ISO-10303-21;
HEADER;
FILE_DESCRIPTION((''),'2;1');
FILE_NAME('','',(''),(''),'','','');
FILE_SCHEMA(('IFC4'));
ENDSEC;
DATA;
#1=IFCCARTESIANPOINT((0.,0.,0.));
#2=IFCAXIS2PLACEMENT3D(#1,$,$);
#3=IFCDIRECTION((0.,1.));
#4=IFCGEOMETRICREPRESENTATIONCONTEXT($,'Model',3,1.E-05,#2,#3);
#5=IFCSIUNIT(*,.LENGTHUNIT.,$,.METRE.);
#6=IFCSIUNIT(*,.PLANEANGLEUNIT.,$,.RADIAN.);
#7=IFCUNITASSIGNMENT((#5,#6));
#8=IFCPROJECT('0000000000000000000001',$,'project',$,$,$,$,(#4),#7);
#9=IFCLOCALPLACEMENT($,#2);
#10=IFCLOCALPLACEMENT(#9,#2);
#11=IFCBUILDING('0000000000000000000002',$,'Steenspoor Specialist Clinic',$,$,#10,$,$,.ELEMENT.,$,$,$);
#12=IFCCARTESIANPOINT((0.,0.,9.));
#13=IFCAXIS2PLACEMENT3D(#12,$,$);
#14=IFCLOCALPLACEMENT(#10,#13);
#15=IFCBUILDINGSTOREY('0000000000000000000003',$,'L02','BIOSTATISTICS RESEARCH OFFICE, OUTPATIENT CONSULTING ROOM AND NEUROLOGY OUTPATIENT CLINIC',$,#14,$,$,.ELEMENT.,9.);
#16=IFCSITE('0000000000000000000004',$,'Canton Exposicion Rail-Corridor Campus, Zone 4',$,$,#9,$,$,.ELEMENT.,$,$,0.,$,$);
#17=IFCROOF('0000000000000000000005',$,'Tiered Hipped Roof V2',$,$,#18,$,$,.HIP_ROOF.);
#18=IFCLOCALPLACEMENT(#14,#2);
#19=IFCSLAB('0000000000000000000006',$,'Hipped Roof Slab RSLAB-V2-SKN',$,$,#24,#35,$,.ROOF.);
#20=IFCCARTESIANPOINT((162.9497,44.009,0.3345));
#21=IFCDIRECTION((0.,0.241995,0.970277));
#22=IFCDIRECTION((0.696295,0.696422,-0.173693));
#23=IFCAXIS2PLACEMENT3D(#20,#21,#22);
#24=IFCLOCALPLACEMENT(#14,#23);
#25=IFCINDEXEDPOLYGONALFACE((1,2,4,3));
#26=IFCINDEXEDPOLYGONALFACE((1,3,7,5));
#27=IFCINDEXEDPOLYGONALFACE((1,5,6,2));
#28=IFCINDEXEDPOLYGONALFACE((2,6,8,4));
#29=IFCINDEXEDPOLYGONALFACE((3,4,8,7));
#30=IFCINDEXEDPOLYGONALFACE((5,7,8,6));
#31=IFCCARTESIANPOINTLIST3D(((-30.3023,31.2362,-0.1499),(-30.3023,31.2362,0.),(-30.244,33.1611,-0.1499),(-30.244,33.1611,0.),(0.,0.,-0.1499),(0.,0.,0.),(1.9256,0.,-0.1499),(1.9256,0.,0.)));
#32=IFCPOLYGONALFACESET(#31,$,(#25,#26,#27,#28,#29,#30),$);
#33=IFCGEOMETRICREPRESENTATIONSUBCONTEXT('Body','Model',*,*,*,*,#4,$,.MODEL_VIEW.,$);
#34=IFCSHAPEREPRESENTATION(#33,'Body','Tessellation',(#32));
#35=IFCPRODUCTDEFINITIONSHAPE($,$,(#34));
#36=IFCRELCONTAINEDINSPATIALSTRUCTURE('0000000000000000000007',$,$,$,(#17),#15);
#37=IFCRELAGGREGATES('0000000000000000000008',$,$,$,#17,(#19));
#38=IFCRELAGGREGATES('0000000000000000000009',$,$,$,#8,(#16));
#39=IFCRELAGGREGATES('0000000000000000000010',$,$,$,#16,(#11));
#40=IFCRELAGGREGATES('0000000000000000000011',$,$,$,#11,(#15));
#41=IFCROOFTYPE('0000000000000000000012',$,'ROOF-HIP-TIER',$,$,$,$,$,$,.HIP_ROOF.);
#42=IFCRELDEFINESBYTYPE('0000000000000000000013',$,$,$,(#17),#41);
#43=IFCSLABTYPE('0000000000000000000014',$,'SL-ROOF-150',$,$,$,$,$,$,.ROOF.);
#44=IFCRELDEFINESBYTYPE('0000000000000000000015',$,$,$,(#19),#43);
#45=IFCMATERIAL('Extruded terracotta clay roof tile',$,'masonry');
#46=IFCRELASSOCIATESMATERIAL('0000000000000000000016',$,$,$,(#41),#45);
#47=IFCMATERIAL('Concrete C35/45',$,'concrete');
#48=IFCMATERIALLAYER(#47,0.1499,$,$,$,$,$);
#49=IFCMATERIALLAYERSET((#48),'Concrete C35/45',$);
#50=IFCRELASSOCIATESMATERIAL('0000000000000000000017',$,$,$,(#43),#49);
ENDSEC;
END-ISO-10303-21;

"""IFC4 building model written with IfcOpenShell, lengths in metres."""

from ifc_helpers import new_model, si_unit, direction, frame, origin, place, context, subcontext, project, spatial, polyline, outline, extrude, material, layer, layer_set, type_object, element, aggregate, save


model = new_model("IFC4")

# Units and contexts
model_context = context("Model", 3, precision=1e-05, world=origin(), true_north=direction((0.0, 1.0)))
body_context = subcontext(model_context, "Body", "Model", "MODEL_VIEW")
ifc_project = project(units=[si_unit("LENGTHUNIT", "METRE"), si_unit("PLANEANGLEUNIT", "RADIAN")], contexts=[model_context])

# Site, building, storey
site_placement = place(None, origin())
site = spatial("IfcSite", under=ifc_project, at=site_placement, Name="Canton Exposicion Rail-Corridor Campus, Zone 4", CompositionType="ELEMENT", RefElevation=0.0)
building_placement = place(site_placement, origin())
building = spatial("IfcBuilding", under=site, at=building_placement, Name="Steenspoor Specialist Clinic", CompositionType="ELEMENT")
storey_placement = place(building_placement, frame((0.0, 0.0, 9.0)))
storey = spatial("IfcBuildingStorey", under=building, at=storey_placement, Name="L02", Description="BIOSTATISTICS RESEARCH OFFICE, OUTPATIENT CONSULTING ROOM AND NEUROLOGY OUTPATIENT CLINIC", CompositionType="ELEMENT", Elevation=9.0)

# Roof, slab
ifc_material_1 = material(Name="Extruded terracotta clay roof tile", Category="masonry")
roof_type = type_object("IfcRoofType", Name="ROOF-HIP-TIER", PredefinedType="HIP_ROOF", material=ifc_material_1)
roof_placement = place(storey_placement, origin())
roof = element("IfcRoof", 1, at=roof_placement, inside=storey, type_object=roof_type, Name="Tiered Hipped Roof V2", PredefinedType="HIP_ROOF")
ifc_material_2 = material(Name="Concrete C35/45", Category="concrete")
ifc_layer_1 = layer(ifc_material_2, 0.1499)
ifc_layer_set_1 = layer_set([ifc_layer_1], Name="Concrete C35/45")
slab_type = type_object("IfcSlabType", Name="SL-ROOF-150", PredefinedType="ROOF", material=ifc_layer_set_1)
slab_1_placement = place(storey_placement, frame((162.9497, 44.009, 0.3345), z_axis=(0.0, 0.241995, 0.970277), x_axis=(0.696295, 0.696422, -0.173693)))
slab_1 = element("IfcSlab", 2, at=slab_1_placement, type_object=slab_type, Name="Hipped Roof Slab RSLAB-V2-SKN", PredefinedType="ROOF", context=body_context, shape_type="SweptSolid", body=[
    extrude(outline(polyline([(0.0, 0.0), (1.9256, 0.0), (-30.244, 33.1611), (-30.3023, 31.2362), (0.0, 0.0)])), origin(), (0.0, 0.0, -1.0), 0.1499),
])
aggregate(roof, [slab_1])

save(model, "model.ifc")
